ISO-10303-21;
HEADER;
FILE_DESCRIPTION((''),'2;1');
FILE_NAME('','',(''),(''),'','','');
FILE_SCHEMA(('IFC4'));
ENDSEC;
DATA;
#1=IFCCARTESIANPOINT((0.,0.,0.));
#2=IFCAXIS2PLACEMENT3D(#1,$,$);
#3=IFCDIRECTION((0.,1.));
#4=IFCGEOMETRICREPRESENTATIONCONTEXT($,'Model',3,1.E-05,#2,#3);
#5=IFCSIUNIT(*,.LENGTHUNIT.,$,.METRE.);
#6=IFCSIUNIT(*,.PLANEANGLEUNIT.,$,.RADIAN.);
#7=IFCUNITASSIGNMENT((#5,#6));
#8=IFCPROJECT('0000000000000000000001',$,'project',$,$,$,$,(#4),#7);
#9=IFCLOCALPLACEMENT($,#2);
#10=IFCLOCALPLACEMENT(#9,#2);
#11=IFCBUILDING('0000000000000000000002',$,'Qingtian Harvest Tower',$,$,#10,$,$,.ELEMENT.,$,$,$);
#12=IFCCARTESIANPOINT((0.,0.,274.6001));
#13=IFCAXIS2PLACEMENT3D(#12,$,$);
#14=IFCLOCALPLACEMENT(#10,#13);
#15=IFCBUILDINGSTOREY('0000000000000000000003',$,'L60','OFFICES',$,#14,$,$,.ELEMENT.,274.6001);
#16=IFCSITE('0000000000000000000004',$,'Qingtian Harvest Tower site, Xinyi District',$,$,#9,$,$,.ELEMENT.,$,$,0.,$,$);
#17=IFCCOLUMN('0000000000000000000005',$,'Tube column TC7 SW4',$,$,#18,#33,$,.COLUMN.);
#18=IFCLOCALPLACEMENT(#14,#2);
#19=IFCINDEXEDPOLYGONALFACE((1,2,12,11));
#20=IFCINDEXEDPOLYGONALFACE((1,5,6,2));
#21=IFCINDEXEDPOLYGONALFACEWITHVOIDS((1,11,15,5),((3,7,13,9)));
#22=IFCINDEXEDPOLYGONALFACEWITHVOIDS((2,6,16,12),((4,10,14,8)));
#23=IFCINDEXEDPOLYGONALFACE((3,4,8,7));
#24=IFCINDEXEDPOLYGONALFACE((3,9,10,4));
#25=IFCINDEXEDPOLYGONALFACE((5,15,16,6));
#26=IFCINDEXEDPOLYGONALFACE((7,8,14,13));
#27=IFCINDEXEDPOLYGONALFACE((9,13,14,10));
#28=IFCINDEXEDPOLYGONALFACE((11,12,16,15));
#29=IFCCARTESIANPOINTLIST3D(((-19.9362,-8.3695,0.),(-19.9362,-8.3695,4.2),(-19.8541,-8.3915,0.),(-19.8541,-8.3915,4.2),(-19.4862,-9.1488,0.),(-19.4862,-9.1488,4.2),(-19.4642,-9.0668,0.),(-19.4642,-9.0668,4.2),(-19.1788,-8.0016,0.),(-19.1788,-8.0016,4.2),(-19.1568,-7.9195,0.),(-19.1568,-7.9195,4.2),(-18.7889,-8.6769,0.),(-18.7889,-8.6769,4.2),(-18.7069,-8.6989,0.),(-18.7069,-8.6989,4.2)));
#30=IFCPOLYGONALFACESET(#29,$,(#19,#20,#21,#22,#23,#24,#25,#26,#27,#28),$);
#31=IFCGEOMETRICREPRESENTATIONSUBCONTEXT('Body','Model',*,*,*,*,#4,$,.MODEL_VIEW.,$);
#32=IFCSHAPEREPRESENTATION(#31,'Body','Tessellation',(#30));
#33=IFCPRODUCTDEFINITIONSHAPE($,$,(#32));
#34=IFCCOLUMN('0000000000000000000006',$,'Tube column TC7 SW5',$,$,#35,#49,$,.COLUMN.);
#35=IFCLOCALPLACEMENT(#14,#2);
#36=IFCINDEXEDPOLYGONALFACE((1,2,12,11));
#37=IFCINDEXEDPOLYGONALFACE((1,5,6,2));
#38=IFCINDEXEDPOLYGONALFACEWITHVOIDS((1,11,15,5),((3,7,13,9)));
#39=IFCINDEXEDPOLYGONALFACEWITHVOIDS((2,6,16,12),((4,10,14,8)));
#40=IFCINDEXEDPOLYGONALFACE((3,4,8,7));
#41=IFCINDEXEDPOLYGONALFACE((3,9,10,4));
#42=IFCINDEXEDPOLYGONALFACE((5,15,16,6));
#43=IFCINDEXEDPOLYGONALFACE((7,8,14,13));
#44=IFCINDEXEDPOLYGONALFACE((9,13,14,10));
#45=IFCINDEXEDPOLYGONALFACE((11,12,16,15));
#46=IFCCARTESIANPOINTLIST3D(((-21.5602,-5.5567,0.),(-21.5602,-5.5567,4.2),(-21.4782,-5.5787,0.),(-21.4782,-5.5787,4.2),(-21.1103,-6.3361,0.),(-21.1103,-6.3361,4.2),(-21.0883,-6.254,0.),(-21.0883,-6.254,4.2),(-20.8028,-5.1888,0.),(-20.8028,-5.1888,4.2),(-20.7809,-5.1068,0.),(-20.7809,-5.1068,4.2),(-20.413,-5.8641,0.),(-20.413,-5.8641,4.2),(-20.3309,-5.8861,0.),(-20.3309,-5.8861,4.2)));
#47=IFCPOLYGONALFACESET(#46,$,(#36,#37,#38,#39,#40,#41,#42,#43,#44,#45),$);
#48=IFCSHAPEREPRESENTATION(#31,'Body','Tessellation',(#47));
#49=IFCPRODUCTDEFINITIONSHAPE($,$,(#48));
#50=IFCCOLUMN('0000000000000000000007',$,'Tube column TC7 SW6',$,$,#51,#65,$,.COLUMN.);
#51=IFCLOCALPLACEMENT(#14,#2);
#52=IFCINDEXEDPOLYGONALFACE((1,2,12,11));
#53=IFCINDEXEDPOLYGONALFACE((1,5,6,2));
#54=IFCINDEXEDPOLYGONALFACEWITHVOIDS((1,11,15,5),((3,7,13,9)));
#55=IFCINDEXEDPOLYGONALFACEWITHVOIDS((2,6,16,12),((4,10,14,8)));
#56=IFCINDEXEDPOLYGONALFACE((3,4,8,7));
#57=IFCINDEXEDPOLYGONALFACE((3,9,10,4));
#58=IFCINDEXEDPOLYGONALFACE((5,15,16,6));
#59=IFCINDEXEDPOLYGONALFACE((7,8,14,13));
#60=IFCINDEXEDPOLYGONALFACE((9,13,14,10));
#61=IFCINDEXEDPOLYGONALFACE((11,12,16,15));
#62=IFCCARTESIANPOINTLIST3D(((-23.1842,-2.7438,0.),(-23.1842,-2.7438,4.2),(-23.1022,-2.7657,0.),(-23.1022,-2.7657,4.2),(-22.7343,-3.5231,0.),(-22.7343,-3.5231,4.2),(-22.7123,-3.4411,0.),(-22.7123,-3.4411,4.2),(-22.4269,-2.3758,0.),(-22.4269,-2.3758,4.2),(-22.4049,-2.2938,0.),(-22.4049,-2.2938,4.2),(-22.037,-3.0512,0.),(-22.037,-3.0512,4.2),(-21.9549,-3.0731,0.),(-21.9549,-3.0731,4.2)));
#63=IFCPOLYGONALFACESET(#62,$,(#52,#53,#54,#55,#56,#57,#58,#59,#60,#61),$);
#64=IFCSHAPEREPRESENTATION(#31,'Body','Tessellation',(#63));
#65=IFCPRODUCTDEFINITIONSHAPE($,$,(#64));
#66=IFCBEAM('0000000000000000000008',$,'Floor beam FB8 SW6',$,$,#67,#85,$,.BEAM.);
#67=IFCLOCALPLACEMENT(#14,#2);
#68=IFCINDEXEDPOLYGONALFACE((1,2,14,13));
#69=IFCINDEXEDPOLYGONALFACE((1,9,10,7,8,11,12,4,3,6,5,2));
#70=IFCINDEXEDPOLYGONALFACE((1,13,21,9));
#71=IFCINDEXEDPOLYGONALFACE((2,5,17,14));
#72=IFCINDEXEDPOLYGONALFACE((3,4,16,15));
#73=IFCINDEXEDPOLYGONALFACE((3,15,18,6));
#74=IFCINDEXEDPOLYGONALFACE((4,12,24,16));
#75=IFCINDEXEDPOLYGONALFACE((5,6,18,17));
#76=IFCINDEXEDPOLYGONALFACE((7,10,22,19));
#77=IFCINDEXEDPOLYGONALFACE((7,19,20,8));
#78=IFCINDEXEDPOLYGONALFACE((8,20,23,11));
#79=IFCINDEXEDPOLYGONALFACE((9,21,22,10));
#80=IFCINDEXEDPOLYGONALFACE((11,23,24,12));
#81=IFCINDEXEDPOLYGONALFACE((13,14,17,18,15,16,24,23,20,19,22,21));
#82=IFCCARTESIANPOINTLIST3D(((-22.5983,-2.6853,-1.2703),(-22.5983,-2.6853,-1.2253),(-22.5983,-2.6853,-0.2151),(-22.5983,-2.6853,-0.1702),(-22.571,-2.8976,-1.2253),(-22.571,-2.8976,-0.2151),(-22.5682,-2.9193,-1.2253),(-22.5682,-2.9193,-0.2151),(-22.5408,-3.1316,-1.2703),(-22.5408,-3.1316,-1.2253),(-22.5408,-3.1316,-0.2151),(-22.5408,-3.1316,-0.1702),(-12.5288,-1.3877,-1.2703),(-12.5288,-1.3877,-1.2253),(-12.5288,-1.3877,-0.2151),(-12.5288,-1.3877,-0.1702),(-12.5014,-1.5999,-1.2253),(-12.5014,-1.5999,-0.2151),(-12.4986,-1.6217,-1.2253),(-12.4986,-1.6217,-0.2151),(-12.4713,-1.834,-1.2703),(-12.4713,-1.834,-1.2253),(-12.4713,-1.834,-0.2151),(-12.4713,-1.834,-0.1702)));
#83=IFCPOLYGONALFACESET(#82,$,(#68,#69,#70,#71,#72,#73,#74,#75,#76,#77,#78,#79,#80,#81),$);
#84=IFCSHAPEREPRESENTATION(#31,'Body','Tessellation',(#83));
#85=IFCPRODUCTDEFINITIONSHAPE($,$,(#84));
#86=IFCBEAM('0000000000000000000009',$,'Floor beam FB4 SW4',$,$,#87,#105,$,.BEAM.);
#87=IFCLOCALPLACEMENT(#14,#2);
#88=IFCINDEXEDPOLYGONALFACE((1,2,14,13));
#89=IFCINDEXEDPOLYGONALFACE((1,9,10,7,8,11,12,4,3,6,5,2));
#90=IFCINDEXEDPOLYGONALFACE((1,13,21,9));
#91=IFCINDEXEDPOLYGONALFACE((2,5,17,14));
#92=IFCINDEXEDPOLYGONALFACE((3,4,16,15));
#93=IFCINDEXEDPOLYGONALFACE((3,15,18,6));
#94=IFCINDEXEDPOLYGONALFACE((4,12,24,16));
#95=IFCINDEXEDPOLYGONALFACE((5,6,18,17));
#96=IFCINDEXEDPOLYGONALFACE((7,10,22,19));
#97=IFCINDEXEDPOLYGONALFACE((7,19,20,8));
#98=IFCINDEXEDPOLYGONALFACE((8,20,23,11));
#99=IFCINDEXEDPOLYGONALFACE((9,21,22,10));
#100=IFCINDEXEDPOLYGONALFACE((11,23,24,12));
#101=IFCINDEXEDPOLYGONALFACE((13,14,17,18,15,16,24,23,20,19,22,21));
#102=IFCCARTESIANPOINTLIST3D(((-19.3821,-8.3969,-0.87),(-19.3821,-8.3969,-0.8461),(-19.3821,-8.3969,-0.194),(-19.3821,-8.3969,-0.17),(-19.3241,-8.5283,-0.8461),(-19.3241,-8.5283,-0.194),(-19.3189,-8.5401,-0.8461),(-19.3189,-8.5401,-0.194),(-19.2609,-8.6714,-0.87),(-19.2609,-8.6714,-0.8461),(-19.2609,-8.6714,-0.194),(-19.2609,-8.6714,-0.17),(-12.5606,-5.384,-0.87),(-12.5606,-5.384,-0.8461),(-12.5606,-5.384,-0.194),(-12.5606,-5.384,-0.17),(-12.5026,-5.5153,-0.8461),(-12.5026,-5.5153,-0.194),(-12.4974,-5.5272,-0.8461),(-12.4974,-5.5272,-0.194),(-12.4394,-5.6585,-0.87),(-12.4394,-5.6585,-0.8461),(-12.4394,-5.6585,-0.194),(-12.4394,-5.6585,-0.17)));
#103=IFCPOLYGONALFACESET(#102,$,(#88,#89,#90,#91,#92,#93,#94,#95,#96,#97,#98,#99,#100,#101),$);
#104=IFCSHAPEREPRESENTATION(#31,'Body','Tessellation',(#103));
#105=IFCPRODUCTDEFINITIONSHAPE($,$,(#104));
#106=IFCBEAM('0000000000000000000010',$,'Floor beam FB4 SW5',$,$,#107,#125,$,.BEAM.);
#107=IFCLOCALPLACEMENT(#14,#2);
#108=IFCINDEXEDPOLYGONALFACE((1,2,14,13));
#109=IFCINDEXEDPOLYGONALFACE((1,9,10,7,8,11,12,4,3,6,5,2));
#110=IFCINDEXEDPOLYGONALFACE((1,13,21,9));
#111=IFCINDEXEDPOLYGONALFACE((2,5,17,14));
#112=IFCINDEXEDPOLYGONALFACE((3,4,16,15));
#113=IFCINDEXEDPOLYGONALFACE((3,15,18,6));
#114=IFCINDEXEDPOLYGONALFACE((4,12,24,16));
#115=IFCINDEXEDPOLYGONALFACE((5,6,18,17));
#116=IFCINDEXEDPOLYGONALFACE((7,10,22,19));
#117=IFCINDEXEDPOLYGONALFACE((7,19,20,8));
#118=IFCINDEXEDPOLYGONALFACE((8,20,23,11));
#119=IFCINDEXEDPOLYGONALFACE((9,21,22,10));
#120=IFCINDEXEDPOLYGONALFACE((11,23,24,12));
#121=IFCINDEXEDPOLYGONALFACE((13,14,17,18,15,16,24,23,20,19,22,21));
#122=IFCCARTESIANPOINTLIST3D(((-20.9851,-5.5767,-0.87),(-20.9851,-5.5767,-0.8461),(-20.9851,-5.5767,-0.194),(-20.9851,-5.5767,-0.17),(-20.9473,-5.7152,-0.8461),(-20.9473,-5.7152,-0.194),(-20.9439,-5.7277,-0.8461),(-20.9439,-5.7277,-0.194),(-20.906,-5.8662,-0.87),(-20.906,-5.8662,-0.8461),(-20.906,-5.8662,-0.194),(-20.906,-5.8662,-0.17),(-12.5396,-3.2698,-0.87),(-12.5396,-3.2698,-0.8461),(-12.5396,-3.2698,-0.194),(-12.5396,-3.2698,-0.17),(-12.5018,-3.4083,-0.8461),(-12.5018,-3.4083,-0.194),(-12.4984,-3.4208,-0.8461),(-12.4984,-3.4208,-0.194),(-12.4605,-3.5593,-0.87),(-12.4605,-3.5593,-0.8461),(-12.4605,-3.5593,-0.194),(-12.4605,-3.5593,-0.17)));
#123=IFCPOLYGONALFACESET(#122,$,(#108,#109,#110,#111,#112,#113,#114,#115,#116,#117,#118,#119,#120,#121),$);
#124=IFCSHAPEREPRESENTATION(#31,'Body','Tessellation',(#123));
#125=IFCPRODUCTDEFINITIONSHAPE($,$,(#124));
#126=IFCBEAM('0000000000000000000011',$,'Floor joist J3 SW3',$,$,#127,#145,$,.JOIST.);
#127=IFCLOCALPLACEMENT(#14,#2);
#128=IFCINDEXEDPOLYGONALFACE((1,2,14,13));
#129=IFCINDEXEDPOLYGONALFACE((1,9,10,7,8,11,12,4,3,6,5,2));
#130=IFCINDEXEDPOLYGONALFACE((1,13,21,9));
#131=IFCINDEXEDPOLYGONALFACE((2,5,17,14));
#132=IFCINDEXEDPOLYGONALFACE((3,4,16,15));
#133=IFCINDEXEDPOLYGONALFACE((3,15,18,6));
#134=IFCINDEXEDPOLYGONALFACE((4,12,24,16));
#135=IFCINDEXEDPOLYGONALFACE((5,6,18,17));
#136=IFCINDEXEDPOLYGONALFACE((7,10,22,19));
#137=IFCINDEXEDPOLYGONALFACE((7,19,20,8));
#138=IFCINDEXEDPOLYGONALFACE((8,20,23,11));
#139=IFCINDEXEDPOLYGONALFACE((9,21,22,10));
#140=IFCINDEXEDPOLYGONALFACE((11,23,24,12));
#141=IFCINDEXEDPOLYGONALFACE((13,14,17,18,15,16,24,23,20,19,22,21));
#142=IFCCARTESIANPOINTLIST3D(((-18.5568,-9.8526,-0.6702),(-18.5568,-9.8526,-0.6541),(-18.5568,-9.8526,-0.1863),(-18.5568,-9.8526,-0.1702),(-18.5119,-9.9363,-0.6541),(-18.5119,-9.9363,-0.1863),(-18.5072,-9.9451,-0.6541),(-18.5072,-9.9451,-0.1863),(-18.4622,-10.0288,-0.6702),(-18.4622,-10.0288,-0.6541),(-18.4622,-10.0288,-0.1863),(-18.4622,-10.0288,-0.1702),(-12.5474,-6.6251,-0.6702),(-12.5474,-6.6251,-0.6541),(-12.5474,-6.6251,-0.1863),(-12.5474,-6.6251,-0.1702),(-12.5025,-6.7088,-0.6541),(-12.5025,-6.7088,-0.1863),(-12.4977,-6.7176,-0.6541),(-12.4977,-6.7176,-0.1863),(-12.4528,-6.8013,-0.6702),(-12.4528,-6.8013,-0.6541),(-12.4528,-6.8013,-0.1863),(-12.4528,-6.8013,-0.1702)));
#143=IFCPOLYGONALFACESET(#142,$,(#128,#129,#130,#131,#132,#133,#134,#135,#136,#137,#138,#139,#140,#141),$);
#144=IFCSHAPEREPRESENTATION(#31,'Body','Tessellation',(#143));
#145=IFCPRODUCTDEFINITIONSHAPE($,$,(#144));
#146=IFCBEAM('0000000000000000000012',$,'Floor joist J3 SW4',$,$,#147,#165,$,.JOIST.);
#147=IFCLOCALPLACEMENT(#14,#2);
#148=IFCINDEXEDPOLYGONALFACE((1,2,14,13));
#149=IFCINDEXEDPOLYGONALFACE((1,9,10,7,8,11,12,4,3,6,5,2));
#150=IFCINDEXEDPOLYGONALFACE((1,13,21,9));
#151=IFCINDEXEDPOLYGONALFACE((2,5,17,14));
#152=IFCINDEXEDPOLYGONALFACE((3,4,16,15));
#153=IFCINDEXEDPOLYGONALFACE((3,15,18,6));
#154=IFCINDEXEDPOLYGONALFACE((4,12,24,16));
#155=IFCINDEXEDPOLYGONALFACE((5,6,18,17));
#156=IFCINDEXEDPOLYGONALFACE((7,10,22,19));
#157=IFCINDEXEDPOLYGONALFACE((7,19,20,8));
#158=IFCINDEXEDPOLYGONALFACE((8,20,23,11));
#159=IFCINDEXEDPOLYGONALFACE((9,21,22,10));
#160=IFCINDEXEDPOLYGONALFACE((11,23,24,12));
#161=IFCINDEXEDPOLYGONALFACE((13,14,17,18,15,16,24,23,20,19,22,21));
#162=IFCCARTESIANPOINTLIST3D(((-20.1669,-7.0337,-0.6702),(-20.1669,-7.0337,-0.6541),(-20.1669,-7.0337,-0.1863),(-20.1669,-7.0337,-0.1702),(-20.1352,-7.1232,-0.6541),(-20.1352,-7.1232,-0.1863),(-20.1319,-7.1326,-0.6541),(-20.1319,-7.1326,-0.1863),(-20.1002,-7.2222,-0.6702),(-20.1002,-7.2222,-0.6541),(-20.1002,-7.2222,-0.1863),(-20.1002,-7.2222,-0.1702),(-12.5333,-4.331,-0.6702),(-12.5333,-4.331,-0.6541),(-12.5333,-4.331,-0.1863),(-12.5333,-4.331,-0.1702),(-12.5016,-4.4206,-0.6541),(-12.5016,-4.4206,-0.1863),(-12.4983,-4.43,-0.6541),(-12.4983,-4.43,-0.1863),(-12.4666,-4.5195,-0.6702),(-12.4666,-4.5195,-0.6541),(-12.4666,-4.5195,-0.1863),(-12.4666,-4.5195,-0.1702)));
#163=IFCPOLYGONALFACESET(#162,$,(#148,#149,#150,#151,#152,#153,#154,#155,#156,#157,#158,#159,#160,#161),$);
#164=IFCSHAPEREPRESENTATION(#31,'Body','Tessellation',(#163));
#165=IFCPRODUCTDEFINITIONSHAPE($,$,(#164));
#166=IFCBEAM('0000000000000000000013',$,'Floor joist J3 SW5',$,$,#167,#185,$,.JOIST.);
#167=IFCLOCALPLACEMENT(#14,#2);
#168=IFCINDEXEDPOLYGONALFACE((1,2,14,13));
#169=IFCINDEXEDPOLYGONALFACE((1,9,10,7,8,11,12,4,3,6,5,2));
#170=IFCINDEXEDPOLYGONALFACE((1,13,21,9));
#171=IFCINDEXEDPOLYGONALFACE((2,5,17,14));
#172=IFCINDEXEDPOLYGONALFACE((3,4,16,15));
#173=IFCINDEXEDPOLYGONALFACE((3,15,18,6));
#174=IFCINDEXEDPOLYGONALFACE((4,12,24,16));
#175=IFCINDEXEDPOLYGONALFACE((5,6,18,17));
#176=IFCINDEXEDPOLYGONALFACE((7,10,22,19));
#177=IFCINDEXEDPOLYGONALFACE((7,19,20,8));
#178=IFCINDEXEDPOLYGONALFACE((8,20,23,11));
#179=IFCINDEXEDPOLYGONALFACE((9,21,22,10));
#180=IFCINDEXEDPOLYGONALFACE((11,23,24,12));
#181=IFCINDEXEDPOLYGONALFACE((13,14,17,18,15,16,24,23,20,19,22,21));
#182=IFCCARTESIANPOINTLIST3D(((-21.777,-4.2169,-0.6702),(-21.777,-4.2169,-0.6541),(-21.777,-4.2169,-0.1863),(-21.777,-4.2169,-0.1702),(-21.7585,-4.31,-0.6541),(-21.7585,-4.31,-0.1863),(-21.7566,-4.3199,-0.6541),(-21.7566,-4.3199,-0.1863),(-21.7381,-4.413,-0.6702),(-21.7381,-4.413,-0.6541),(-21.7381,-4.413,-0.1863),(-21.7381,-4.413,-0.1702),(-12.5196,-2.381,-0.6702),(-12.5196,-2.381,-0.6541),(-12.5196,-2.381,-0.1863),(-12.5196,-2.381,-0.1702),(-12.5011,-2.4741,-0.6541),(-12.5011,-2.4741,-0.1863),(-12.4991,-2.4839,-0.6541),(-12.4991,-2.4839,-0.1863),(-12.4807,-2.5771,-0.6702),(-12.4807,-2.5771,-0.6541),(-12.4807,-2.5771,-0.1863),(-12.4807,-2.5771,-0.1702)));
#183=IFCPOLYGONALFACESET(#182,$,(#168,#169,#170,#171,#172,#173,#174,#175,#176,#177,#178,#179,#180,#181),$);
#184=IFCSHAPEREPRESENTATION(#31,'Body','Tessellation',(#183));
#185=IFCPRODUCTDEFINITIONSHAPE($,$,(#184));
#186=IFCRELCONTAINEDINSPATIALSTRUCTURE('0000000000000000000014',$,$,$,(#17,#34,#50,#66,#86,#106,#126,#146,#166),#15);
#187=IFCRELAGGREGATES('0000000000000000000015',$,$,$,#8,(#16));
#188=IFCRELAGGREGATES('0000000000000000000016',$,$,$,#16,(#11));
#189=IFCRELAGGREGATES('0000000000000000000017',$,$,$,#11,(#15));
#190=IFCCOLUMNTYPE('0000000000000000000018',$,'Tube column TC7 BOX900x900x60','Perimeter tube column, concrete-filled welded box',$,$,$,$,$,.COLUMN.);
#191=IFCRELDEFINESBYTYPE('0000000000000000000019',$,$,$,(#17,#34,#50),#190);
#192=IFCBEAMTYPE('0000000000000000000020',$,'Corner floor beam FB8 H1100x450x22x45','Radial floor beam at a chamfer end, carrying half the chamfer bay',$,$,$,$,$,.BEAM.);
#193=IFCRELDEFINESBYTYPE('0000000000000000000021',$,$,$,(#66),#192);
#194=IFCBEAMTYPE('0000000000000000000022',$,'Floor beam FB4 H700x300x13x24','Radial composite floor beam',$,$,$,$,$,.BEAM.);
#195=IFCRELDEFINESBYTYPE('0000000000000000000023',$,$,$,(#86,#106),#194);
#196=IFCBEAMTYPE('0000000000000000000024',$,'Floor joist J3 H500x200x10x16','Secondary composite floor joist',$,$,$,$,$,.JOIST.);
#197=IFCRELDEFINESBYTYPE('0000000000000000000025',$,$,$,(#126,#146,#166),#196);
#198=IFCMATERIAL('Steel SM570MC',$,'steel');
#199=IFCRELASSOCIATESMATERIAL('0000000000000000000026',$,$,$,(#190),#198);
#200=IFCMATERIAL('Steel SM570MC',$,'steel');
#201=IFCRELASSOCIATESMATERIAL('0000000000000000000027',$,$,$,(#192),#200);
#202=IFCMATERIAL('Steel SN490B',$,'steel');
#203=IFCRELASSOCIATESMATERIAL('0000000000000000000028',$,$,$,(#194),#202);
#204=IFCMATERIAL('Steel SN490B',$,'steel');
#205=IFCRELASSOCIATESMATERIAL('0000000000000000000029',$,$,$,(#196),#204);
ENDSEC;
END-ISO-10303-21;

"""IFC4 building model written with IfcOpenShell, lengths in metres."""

from ifc_helpers import new_model, si_unit, direction, frame, origin, origin_2d, place, context, subcontext, project, spatial, hollow_rectangle, i_section, extrude, material, material_profile, profile_set, type_object, element, save


model = new_model("IFC4")

# Units and contexts
model_context = context("Model", 3, precision=1e-05, world=origin(), true_north=direction((0.0, 1.0)))
body_context = subcontext(model_context, "Body", "Model", "MODEL_VIEW")
ifc_project = project(units=[si_unit("LENGTHUNIT", "METRE"), si_unit("PLANEANGLEUNIT", "RADIAN")], contexts=[model_context])

# Site, building, storey
site_placement = place(None, origin())
site = spatial("IfcSite", under=ifc_project, at=site_placement, Name="Qingtian Harvest Tower site, Xinyi District", CompositionType="ELEMENT", RefElevation=0.0)
building_placement = place(site_placement, origin())
building = spatial("IfcBuilding", under=site, at=building_placement, Name="Qingtian Harvest Tower", CompositionType="ELEMENT")
storey_placement = place(building_placement, frame((0.0, 0.0, 274.6001)))
storey = spatial("IfcBuildingStorey", under=building, at=storey_placement, Name="L60", Description="OFFICES", CompositionType="ELEMENT", Elevation=274.6001)

# Columns
ifc_material_1 = material(Name="Steel SM570MC", Category="steel")
ifc_material_profile_1 = material_profile(ifc_material_1, hollow_rectangle(XDim=0.8999, YDim=0.8999, WallThickness=0.0601, at=origin_2d()), Name="BOX900x900x60")
ifc_profile_set_1 = profile_set([ifc_material_profile_1], Name="Steel SM570MC")
column_type = type_object("IfcColumnType", Name="Tube column TC7 BOX900x900x60", Description="Perimeter tube column, concrete-filled welded box", PredefinedType="COLUMN", material=ifc_profile_set_1)
for number, where, z_axis, x_axis, name in (
    (1, (-19.3215, -8.5342, 0.0), (0.0, 0.0, 1.0), (0.5, -0.866025, 0.0), "Tube column TC7 SW4"),
    (2, (-20.9456, -5.7214, 0.0), (0.0, 0.0, 1.0), (0.5, -0.866025, 0.0), "Tube column TC7 SW5"),
    (3, (-22.5696, -2.9084, 0.0), (0.0, 0.0, 1.0), (0.5, -0.866025, 0.0), "Tube column TC7 SW6"),
):
    element("IfcColumn", number, at=place(storey_placement, frame(where, z_axis=z_axis, x_axis=x_axis)), inside=storey, type_object=column_type, Name=name, PredefinedType="COLUMN", context=body_context, shape_type="SweptSolid", body=[
        extrude(hollow_rectangle(XDim=0.8999, YDim=0.8999, WallThickness=0.0601, at=origin_2d()), origin(), (0.0, 0.0, 1.0), 4.2),
    ])

# Beams
ifc_material_2 = material(Name="Steel SM570MC", Category="steel")
ifc_material_profile_2 = material_profile(ifc_material_2, i_section(OverallWidth=0.45, OverallDepth=1.1001, WebThickness=0.022, FlangeThickness=0.0449, at=origin_2d()), Name="H1100x450x22x45")
ifc_profile_set_2 = profile_set([ifc_material_profile_2], Name="Steel SM570MC")
beam_type_1 = type_object("IfcBeamType", Name="Corner floor beam FB8 H1100x450x22x45", Description="Radial floor beam at a chamfer end, carrying half the chamfer bay", PredefinedType="BEAM", material=ifc_profile_set_2)
beam_1_placement = place(storey_placement, frame((-22.5696, -2.9084, -0.7202), z_axis=(0.991799, 0.127807, 0.0), x_axis=(-0.127807, 0.991799, 0.0)))
element("IfcBeam", 4, at=beam_1_placement, inside=storey, type_object=beam_type_1, Name="Floor beam FB8 SW6", PredefinedType="BEAM", context=body_context, shape_type="SweptSolid", body=[
    extrude(i_section(OverallWidth=0.45, OverallDepth=1.1001, WebThickness=0.022, FlangeThickness=0.0449, at=origin_2d()), origin(), (0.0, 0.0, 1.0), 10.1528),
])
ifc_material_3 = material(Name="Steel SN490B", Category="steel")
ifc_material_profile_3 = material_profile(ifc_material_3, i_section(OverallWidth=0.3, OverallDepth=0.7, WebThickness=0.0129, FlangeThickness=0.0239, at=origin_2d()), Name="H700x300x13x24")
ifc_profile_set_3 = profile_set([ifc_material_profile_3], Name="Steel SN490B")
beam_type_2 = type_object("IfcBeamType", Name="Floor beam FB4 H700x300x13x24", Description="Radial composite floor beam", PredefinedType="BEAM", material=ifc_profile_set_3)
beam_2_placement = place(storey_placement, frame((-19.3215, -8.5342, -0.52), z_axis=(0.914747, 0.404026, 0.0), x_axis=(-0.404026, 0.914747, 0.0)))
element("IfcBeam", 5, at=beam_2_placement, inside=storey, type_object=beam_type_2, Name="Floor beam FB4 SW4", PredefinedType="BEAM", context=body_context, shape_type="SweptSolid", body=[
    extrude(i_section(OverallWidth=0.3, OverallDepth=0.7, WebThickness=0.0129, FlangeThickness=0.0239, at=origin_2d()), origin(), (0.0, 0.0, 1.0), 7.4573),
])
beam_3_placement = place(storey_placement, frame((-20.9456, -5.7214, -0.52), z_axis=(0.964661, 0.263495, 0.0), x_axis=(-0.263495, 0.964661, 0.0)))
element("IfcBeam", 6, at=beam_3_placement, inside=storey, type_object=beam_type_2, Name="Floor beam FB4 SW5", PredefinedType="BEAM", context=body_context, shape_type="SweptSolid", body=[
    extrude(i_section(OverallWidth=0.3, OverallDepth=0.7, WebThickness=0.0129, FlangeThickness=0.0239, at=origin_2d()), origin(), (0.0, 0.0, 1.0), 8.7549),
])
ifc_material_4 = material(Name="Steel SN490B", Category="steel")
ifc_material_profile_4 = material_profile(ifc_material_4, i_section(OverallWidth=0.2, OverallDepth=0.5, WebThickness=0.01, FlangeThickness=0.0161, at=origin_2d()), Name="H500x200x10x16")
ifc_profile_set_4 = profile_set([ifc_material_profile_4], Name="Steel SN490B")
beam_type_3 = type_object("IfcBeamType", Name="Floor joist J3 H500x200x10x16", Description="Secondary composite floor joist", PredefinedType="JOIST", material=ifc_profile_set_4)
beam_4_placement = place(storey_placement, frame((-18.5095, -9.9407, -0.4202), z_axis=(0.880982, 0.47315, 0.0), x_axis=(-0.47315, 0.880982, 0.0)))
element("IfcBeam", 7, at=beam_4_placement, inside=storey, type_object=beam_type_3, Name="Floor joist J3 SW3", PredefinedType="JOIST", context=body_context, shape_type="SweptSolid", body=[
    extrude(i_section(OverallWidth=0.2, OverallDepth=0.5, WebThickness=0.01, FlangeThickness=0.0161, at=origin_2d()), origin(), (0.0, 0.0, 1.0), 6.8213),
])
beam_5_placement = place(storey_placement, frame((-20.1335, -7.1279, -0.4202), z_axis=(0.942663, 0.333747, 0.0), x_axis=(-0.333747, 0.942663, 0.0)))
element("IfcBeam", 8, at=beam_5_placement, inside=storey, type_object=beam_type_3, Name="Floor joist J3 SW4", PredefinedType="JOIST", context=body_context, shape_type="SweptSolid", body=[
    extrude(i_section(OverallWidth=0.2, OverallDepth=0.5, WebThickness=0.01, FlangeThickness=0.0161, at=origin_2d()), origin(), (0.0, 0.0, 1.0), 8.0979),
])
beam_6_placement = place(storey_placement, frame((-21.7576, -4.3149, -0.4202), z_axis=(0.980897, 0.194529, 0.0), x_axis=(-0.194529, 0.980897, 0.0)))
element("IfcBeam", 9, at=beam_6_placement, inside=storey, type_object=beam_type_3, Name="Floor joist J3 SW5", PredefinedType="JOIST", context=body_context, shape_type="SweptSolid", body=[
    extrude(i_section(OverallWidth=0.2, OverallDepth=0.5, WebThickness=0.01, FlangeThickness=0.0161, at=origin_2d()), origin(), (0.0, 0.0, 1.0), 9.4377),
])

save(model, "model.ifc")
